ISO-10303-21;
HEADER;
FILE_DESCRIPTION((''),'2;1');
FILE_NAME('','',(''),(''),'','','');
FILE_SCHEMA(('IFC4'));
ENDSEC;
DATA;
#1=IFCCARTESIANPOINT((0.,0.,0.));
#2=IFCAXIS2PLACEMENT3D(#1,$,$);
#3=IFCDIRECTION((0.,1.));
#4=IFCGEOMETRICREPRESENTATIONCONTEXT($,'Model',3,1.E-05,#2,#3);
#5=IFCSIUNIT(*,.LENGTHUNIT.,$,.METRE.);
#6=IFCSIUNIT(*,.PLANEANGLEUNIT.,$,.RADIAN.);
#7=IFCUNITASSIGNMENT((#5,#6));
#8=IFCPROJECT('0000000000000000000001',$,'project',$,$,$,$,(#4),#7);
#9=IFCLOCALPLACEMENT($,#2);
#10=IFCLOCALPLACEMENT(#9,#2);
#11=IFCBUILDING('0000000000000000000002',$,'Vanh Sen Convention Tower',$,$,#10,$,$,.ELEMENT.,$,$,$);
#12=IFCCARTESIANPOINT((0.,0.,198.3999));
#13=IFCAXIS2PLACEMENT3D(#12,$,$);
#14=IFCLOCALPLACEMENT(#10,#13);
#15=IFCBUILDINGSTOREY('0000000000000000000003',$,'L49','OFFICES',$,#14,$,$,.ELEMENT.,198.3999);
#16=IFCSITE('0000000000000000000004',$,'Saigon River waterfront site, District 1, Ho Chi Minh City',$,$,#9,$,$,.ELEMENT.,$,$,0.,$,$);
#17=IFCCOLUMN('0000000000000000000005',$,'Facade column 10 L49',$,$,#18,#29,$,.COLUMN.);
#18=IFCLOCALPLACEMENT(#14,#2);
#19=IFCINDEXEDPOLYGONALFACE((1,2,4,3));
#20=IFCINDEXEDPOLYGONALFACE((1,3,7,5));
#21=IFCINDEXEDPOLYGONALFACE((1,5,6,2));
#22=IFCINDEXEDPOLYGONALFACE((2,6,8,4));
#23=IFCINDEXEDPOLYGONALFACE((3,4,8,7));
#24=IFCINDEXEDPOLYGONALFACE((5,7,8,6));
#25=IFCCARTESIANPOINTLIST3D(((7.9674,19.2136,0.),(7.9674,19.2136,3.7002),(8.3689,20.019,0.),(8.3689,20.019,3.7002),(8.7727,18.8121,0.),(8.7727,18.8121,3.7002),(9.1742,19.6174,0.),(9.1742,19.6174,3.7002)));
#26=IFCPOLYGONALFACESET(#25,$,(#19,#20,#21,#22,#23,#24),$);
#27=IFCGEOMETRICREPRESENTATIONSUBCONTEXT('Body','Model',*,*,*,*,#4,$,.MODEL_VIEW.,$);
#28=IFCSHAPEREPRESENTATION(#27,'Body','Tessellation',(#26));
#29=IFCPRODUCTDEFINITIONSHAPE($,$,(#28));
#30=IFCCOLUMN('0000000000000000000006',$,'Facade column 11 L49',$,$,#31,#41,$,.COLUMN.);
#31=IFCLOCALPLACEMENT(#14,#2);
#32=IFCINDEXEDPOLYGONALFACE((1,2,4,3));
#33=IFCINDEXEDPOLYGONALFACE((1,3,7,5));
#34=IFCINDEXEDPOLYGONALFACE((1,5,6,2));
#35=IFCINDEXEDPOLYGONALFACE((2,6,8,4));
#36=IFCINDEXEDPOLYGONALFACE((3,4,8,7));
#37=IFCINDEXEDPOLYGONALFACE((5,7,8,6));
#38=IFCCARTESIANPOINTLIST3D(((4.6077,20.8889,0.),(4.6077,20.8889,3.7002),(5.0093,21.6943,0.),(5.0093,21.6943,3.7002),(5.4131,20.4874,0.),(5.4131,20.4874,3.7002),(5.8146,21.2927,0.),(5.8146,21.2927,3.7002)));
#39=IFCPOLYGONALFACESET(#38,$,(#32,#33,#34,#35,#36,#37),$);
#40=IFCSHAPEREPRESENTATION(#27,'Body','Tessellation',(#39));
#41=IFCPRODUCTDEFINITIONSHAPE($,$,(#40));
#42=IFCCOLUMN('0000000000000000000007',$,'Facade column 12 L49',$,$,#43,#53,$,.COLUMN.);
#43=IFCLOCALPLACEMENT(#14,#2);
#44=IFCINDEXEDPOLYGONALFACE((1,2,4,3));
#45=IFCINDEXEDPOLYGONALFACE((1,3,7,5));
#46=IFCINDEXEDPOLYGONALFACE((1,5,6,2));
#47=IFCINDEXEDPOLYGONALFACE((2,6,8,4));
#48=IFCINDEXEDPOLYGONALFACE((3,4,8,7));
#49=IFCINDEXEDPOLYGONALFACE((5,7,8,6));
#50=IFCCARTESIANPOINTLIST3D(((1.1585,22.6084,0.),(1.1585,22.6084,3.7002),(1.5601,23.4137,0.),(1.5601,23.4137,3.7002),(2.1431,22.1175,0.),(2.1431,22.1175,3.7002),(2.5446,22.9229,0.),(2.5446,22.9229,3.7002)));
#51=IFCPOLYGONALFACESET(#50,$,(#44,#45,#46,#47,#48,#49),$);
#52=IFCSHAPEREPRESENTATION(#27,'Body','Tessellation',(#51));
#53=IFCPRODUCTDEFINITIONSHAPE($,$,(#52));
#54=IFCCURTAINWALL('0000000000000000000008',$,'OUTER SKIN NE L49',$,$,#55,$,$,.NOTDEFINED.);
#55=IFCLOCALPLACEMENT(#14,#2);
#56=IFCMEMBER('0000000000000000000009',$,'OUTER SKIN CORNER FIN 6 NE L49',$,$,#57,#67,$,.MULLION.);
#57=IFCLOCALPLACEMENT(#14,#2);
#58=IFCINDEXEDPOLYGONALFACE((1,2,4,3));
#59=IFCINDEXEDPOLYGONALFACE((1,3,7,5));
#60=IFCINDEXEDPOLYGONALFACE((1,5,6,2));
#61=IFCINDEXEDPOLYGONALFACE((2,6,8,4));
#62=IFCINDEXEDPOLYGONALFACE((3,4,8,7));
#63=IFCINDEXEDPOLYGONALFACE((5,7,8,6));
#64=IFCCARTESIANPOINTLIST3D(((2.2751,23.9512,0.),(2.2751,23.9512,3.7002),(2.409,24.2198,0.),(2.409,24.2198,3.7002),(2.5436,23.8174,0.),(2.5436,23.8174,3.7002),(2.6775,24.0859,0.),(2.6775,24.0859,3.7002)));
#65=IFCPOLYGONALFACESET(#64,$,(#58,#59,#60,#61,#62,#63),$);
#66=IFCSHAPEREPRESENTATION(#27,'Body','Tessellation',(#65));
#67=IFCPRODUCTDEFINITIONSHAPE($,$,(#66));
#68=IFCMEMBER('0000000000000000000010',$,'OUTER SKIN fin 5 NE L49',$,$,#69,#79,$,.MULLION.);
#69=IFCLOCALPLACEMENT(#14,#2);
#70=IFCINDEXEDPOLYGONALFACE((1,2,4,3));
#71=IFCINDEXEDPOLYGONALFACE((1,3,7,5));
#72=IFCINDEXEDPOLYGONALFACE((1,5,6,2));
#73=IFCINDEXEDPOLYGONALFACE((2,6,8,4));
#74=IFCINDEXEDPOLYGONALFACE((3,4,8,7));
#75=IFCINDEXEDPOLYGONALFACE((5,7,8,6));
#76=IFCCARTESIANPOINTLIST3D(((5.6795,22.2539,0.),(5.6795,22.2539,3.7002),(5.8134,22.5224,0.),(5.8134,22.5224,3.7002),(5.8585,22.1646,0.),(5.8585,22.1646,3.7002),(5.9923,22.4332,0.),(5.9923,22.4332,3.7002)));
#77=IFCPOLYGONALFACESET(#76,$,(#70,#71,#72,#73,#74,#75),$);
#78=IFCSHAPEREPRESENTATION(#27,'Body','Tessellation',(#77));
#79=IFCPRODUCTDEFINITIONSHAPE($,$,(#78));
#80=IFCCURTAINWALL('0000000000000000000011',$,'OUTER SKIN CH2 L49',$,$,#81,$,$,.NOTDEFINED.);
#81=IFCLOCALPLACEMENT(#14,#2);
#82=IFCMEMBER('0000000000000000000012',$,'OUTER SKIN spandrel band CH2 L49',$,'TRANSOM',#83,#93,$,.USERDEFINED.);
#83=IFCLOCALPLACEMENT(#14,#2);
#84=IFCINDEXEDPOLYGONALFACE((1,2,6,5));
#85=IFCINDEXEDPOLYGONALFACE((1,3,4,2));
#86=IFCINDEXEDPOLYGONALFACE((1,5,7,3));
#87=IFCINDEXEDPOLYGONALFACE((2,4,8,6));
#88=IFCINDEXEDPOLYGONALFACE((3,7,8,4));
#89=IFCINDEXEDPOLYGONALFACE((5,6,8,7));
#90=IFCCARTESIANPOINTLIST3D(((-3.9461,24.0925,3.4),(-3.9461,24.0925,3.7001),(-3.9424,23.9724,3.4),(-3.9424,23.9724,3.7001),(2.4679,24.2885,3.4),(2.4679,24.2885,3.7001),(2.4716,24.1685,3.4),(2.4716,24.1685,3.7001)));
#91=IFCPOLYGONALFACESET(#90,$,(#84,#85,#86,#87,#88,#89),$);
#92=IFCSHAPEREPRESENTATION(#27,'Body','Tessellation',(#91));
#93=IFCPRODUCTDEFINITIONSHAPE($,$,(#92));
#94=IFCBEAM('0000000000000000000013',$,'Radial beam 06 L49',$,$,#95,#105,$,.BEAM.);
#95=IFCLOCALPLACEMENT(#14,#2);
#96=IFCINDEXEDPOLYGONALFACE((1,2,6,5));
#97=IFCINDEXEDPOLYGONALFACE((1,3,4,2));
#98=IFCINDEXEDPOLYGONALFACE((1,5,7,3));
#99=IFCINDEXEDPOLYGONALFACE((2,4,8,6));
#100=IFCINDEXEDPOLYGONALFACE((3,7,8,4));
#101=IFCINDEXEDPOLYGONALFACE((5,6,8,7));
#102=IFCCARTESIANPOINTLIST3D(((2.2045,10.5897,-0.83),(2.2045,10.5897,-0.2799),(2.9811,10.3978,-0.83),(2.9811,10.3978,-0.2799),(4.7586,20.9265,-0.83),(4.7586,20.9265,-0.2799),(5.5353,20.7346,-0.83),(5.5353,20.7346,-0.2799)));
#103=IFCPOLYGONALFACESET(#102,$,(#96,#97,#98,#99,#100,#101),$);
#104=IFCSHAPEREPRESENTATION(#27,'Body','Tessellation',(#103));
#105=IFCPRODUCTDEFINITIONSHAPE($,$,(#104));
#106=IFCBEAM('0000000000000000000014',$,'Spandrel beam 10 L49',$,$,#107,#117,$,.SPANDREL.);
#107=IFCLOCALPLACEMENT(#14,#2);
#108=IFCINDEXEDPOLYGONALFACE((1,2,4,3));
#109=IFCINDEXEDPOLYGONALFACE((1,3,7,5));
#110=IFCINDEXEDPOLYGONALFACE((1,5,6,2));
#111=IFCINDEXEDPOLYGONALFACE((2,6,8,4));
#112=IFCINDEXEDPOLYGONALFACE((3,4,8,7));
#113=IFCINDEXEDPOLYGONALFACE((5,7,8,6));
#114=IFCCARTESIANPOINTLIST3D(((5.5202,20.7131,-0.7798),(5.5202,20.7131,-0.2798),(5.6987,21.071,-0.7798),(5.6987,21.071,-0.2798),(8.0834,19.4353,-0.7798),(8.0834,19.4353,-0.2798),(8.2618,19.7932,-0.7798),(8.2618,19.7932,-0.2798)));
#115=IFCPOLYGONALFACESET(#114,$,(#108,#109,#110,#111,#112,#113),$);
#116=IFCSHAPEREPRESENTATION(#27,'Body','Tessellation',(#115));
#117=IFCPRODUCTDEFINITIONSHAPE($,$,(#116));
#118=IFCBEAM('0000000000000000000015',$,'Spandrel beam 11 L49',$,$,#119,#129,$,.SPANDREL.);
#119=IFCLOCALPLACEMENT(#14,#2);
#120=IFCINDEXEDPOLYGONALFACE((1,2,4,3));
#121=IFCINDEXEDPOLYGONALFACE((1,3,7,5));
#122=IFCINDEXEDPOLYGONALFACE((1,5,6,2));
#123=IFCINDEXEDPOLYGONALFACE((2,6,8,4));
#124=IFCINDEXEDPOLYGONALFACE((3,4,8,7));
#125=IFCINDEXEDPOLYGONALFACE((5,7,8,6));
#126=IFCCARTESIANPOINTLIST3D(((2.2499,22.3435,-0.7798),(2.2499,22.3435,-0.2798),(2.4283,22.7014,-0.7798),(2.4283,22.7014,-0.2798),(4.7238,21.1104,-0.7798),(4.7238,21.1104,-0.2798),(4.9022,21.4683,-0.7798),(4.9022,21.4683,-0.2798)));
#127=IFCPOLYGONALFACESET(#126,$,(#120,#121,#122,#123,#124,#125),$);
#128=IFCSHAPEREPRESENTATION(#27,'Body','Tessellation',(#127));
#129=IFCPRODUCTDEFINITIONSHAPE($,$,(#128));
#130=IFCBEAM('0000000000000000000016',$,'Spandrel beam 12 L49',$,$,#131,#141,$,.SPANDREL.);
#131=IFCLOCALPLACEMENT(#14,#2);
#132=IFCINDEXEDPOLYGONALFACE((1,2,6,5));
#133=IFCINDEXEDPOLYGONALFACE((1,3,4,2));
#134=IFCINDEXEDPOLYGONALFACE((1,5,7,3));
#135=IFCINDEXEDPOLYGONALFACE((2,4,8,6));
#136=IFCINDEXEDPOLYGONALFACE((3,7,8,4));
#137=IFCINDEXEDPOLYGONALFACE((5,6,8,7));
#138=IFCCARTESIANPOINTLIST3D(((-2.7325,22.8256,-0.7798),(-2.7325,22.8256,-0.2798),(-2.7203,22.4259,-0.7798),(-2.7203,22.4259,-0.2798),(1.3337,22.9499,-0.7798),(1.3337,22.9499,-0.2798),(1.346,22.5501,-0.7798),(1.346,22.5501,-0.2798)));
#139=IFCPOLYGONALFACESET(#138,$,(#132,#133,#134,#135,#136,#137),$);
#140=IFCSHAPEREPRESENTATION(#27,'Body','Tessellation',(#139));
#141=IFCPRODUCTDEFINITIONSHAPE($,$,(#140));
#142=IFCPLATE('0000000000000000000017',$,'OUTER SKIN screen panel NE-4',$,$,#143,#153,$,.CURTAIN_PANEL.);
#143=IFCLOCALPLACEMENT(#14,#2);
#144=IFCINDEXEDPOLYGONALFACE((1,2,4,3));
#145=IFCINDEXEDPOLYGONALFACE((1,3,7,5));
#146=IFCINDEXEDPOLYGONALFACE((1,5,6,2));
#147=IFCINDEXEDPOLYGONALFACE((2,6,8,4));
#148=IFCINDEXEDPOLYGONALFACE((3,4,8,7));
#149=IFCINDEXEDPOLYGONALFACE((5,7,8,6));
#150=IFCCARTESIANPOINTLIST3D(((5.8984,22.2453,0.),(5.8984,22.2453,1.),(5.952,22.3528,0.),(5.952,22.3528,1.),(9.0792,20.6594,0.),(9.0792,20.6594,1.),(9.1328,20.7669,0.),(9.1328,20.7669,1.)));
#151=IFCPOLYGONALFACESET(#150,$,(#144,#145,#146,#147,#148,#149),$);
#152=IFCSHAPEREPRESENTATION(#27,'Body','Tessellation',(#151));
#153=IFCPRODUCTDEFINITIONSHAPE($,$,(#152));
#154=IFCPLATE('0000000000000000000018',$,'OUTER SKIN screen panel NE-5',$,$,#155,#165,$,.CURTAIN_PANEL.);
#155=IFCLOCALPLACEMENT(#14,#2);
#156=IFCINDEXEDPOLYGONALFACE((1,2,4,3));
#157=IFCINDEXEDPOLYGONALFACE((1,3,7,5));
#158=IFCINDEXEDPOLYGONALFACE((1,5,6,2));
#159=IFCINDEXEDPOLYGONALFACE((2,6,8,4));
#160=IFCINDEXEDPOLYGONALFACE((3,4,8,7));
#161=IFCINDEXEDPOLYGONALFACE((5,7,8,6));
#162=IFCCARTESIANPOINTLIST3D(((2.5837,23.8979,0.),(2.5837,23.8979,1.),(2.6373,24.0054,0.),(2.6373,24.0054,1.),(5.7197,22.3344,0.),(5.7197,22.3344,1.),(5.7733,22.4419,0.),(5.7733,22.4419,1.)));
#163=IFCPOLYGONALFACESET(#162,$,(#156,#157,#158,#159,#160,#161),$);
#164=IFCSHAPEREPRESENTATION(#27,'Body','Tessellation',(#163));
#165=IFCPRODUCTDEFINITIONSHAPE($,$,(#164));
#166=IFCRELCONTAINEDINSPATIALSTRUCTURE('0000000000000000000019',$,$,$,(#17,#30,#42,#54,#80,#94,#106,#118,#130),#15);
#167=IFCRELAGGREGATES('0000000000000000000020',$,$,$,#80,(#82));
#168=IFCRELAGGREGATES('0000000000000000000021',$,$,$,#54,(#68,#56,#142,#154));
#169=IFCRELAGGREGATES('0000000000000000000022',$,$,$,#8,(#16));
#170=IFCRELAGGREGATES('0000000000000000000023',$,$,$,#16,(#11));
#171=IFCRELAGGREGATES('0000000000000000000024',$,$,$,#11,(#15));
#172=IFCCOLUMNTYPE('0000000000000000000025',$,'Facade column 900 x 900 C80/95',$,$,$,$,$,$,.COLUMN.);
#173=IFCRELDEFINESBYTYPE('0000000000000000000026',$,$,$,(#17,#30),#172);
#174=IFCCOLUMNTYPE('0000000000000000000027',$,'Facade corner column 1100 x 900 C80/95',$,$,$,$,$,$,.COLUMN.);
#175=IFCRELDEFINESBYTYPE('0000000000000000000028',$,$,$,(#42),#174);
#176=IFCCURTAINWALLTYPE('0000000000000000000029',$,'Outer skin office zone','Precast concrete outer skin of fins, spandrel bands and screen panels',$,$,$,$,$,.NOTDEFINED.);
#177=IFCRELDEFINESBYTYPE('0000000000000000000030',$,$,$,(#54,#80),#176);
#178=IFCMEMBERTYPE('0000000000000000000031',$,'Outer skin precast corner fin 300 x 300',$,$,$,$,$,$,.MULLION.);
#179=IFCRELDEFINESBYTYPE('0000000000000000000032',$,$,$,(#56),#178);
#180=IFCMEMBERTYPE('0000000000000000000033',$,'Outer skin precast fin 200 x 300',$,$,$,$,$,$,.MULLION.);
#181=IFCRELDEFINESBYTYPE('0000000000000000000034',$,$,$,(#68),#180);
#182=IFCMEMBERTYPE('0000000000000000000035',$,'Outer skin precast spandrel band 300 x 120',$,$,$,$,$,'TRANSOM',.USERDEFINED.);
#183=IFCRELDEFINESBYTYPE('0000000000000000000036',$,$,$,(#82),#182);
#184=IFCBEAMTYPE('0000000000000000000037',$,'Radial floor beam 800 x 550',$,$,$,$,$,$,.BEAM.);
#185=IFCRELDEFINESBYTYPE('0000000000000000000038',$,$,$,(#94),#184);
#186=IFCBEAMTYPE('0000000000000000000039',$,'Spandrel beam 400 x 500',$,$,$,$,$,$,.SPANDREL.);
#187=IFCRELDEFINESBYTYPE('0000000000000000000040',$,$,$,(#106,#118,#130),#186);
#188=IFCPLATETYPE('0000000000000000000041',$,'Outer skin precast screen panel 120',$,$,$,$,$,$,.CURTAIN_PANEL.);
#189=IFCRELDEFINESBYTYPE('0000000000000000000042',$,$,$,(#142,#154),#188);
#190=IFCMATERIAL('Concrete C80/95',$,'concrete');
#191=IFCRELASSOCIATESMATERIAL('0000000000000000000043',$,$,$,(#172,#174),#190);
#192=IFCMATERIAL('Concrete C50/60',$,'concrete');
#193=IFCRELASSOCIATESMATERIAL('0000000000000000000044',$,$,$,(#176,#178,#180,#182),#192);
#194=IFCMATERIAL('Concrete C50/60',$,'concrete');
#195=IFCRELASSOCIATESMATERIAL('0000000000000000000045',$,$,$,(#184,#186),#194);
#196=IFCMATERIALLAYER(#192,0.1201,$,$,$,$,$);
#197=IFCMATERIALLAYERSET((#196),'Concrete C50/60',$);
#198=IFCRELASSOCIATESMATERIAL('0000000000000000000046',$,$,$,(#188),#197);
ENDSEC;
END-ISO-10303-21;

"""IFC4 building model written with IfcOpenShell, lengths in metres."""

from ifc_helpers import new_model, si_unit, direction, frame, origin, origin_2d, place, context, subcontext, project, spatial, rectangle, extrude, material, layer, layer_set, material_profile, profile_set, type_object, element, aggregate, save


model = new_model("IFC4")

# Units and contexts
model_context = context("Model", 3, precision=1e-05, world=origin(), true_north=direction((0.0, 1.0)))
body_context = subcontext(model_context, "Body", "Model", "MODEL_VIEW")
ifc_project = project(units=[si_unit("LENGTHUNIT", "METRE"), si_unit("PLANEANGLEUNIT", "RADIAN")], contexts=[model_context])

# Site, building, storey
site_placement = place(None, origin())
site = spatial("IfcSite", under=ifc_project, at=site_placement, Name="Saigon River waterfront site, District 1, Ho Chi Minh City", CompositionType="ELEMENT", RefElevation=0.0)
building_placement = place(site_placement, origin())
building = spatial("IfcBuilding", under=site, at=building_placement, Name="Vanh Sen Convention Tower", CompositionType="ELEMENT")
storey_placement = place(building_placement, frame((0.0, 0.0, 198.3999)))
storey = spatial("IfcBuildingStorey", under=building, at=storey_placement, Name="L49", Description="OFFICES", CompositionType="ELEMENT", Elevation=198.3999)

# Columns
ifc_material_1 = material(Name="Concrete C80/95", Category="concrete")
ifc_material_profile_1 = material_profile(ifc_material_1, rectangle(XDim=0.8999, YDim=0.8999, at=origin_2d()), Name="RC 900X900")
ifc_profile_set_1 = profile_set([ifc_material_profile_1], Name="Concrete C80/95")
column_type_1 = type_object("IfcColumnType", Name="Facade column 900 x 900 C80/95", PredefinedType="COLUMN", material=ifc_profile_set_1)
for number, where, z_axis, x_axis, name in (
    (1, (8.5708, 19.4155, 0.0), (0.0, 0.0, 1.0), (-0.894934, 0.446198, 0.0), "Facade column 10 L49"),
    (2, (5.2112, 21.0908, 0.0), (0.0, 0.0, 1.0), (-0.894934, 0.446198, 0.0), "Facade column 11 L49"),
):
    element("IfcColumn", number, at=place(storey_placement, frame(where, z_axis=z_axis, x_axis=x_axis)), inside=storey, type_object=column_type_1, Name=name, PredefinedType="COLUMN", context=body_context, shape_type="SweptSolid", body=[
        extrude(rectangle(XDim=0.8999, YDim=0.8999, at=origin_2d()), origin(), (0.0, 0.0, 1.0), 3.7002),
    ])
ifc_material_profile_2 = material_profile(ifc_material_1, rectangle(XDim=1.1001, YDim=0.8999, at=origin_2d()), Name="RC 1100X900")
ifc_profile_set_2 = profile_set([ifc_material_profile_2], Name="Concrete C80/95")
column_type_2 = type_object("IfcColumnType", Name="Facade corner column 1100 x 900 C80/95", PredefinedType="COLUMN", material=ifc_profile_set_2)
column_placement = place(storey_placement, frame((1.8516, 22.7656, 0.0), z_axis=(0.0, 0.0, 1.0), x_axis=(-0.894934, 0.446198, 0.0)))
element("IfcColumn", 3, at=column_placement, inside=storey, type_object=column_type_2, Name="Facade column 12 L49", PredefinedType="COLUMN", context=body_context, shape_type="SweptSolid", body=[
    extrude(rectangle(XDim=1.1001, YDim=0.8999, at=origin_2d()), origin(), (0.0, 0.0, 1.0), 3.7002),
])

# Curtain wall, members
ifc_material_2 = material(Name="Concrete C50/60", Category="concrete")
curtain_wall_type = type_object("IfcCurtainWallType", Name="Outer skin office zone", Description="Precast concrete outer skin of fins, spandrel bands and screen panels", PredefinedType="NOTDEFINED", material=ifc_material_2)
curtain_wall_1_placement = place(storey_placement, origin())
curtain_wall_1 = element("IfcCurtainWall", 4, at=curtain_wall_1_placement, inside=storey, type_object=curtain_wall_type, Name="OUTER SKIN NE L49", PredefinedType="NOTDEFINED")
ifc_material_profile_3 = material_profile(ifc_material_2, rectangle(XDim=0.3, YDim=0.3, at=origin_2d()), Name="Outer skin precast corner fin 300 x 300")
ifc_profile_set_3 = profile_set([ifc_material_profile_3], Name="Concrete C50/60")
member_type_1 = type_object("IfcMemberType", Name="Outer skin precast corner fin 300 x 300", PredefinedType="MULLION", material=ifc_profile_set_3)
member_1_placement = place(storey_placement, frame((2.4763, 24.0186, 0.0), z_axis=(0.0, 0.0, 1.0), x_axis=(-0.894934, 0.446198, 0.0)))
member_1 = element("IfcMember", 5, at=member_1_placement, type_object=member_type_1, Name="OUTER SKIN CORNER FIN 6 NE L49", PredefinedType="MULLION", context=body_context, shape_type="SweptSolid", body=[
    extrude(rectangle(XDim=0.3, YDim=0.3, at=origin_2d()), origin(), (0.0, 0.0, 1.0), 3.7002),
])
ifc_material_profile_4 = material_profile(ifc_material_2, rectangle(XDim=0.2, YDim=0.3, at=origin_2d()), Name="Outer skin precast fin 200 x 300")
ifc_profile_set_4 = profile_set([ifc_material_profile_4], Name="Concrete C50/60")
member_type_2 = type_object("IfcMemberType", Name="Outer skin precast fin 200 x 300", PredefinedType="MULLION", material=ifc_profile_set_4)
member_2_placement = place(storey_placement, frame((5.8359, 22.3435, 0.0), z_axis=(0.0, 0.0, 1.0), x_axis=(-0.894934, 0.446198, 0.0)))
member_2 = element("IfcMember", 6, at=member_2_placement, type_object=member_type_2, Name="OUTER SKIN fin 5 NE L49", PredefinedType="MULLION", context=body_context, shape_type="SweptSolid", body=[
    extrude(rectangle(XDim=0.2, YDim=0.3, at=origin_2d()), origin(), (0.0, 0.0, 1.0), 3.7002),
])

# Curtain wall, member
curtain_wall_2_placement = place(storey_placement, origin())
curtain_wall_2 = element("IfcCurtainWall", 7, at=curtain_wall_2_placement, inside=storey, type_object=curtain_wall_type, Name="OUTER SKIN CH2 L49", PredefinedType="NOTDEFINED")
ifc_material_profile_5 = material_profile(ifc_material_2, rectangle(XDim=0.1201, YDim=0.3, at=origin_2d()), Name="Outer skin precast spandrel band 300 x 120")
ifc_profile_set_5 = profile_set([ifc_material_profile_5], Name="Concrete C50/60")
member_type_3 = type_object("IfcMemberType", Name="Outer skin precast spandrel band 300 x 120", ElementType="TRANSOM", PredefinedType="USERDEFINED", material=ifc_profile_set_5)
member_3_placement = place(storey_placement, frame((2.4697, 24.2285, 3.55), z_axis=(-0.999533, -0.030551, 0.0), x_axis=(0.030551, -0.999533, 0.0)))
member_3 = element("IfcMember", 8, at=member_3_placement, type_object=member_type_3, Name="OUTER SKIN spandrel band CH2 L49", ObjectType="TRANSOM", PredefinedType="USERDEFINED", context=body_context, shape_type="SweptSolid", body=[
    extrude(rectangle(XDim=0.1201, YDim=0.3, at=origin_2d()), origin(), (0.0, 0.0, 1.0), 6.417),
])
aggregate(curtain_wall_2, [member_3])

# Beams
ifc_material_3 = material(Name="Concrete C50/60", Category="concrete")
ifc_material_profile_6 = material_profile(ifc_material_3, rectangle(XDim=0.8, YDim=0.55, at=origin_2d()), Name="RC 800X550")
ifc_profile_set_6 = profile_set([ifc_material_profile_6], Name="Concrete C50/60")
beam_type_1 = type_object("IfcBeamType", Name="Radial floor beam 800 x 550", PredefinedType="BEAM", material=ifc_profile_set_6)
beam_1_placement = place(storey_placement, frame((5.147, 20.8306, -0.5549), z_axis=(-0.23988, -0.970802, 0.0), x_axis=(0.970802, -0.23988, 0.0)))
element("IfcBeam", 9, at=beam_1_placement, inside=storey, type_object=beam_type_1, Name="Radial beam 06 L49", PredefinedType="BEAM", context=body_context, shape_type="SweptSolid", body=[
    extrude(rectangle(XDim=0.8, YDim=0.55, at=origin_2d()), origin(), (0.0, 0.0, 1.0), 10.6477),
])
ifc_material_profile_7 = material_profile(ifc_material_3, rectangle(XDim=0.3999, YDim=0.5, at=origin_2d()), Name="RC 400X500")
ifc_profile_set_7 = profile_set([ifc_material_profile_7], Name="Concrete C50/60")
beam_type_2 = type_object("IfcBeamType", Name="Spandrel beam 400 x 500", PredefinedType="SPANDREL", material=ifc_profile_set_7)
beam_2_placement = place(storey_placement, frame((8.1726, 19.6143, -0.5298), z_axis=(-0.894955, 0.446156, 0.0), x_axis=(-0.446156, -0.894955, 0.0)))
element("IfcBeam", 10, at=beam_2_placement, inside=storey, type_object=beam_type_2, Name="Spandrel beam 10 L49", PredefinedType="SPANDREL", context=body_context, shape_type="SweptSolid", body=[
    extrude(rectangle(XDim=0.3999, YDim=0.5, at=origin_2d()), origin(), (0.0, 0.0, 1.0), 2.864),
])
beam_3_placement = place(storey_placement, frame((4.813, 21.2893, -0.5298), z_axis=(-0.894974, 0.446118, 0.0), x_axis=(-0.446118, -0.894974, 0.0)))
element("IfcBeam", 11, at=beam_3_placement, inside=storey, type_object=beam_type_2, Name="Spandrel beam 11 L49", PredefinedType="SPANDREL", context=body_context, shape_type="SweptSolid", body=[
    extrude(rectangle(XDim=0.3999, YDim=0.5, at=origin_2d()), origin(), (0.0, 0.0, 1.0), 2.7642),
])
beam_4_placement = place(storey_placement, frame((1.3398, 22.75, -0.5298), z_axis=(-0.999533, -0.030547, 0.0), x_axis=(0.030547, -0.999533, 0.0)))
element("IfcBeam", 12, at=beam_4_placement, inside=storey, type_object=beam_type_2, Name="Spandrel beam 12 L49", PredefinedType="SPANDREL", context=body_context, shape_type="SweptSolid", body=[
    extrude(rectangle(XDim=0.3999, YDim=0.5, at=origin_2d()), origin(), (0.0, 0.0, 1.0), 4.0681),
])

# Plates
ifc_layer_1 = layer(ifc_material_2, 0.1201)
ifc_layer_set_1 = layer_set([ifc_layer_1], Name="Concrete C50/60")
plate_type = type_object("IfcPlateType", Name="Outer skin precast screen panel 120", PredefinedType="CURTAIN_PANEL", material=ifc_layer_set_1)
plate_1_placement = place(storey_placement, frame((7.5156, 21.5061, 0.0), z_axis=(0.0, 0.0, 1.0), x_axis=(-0.894933, 0.446201, 0.0)))
plate_1 = element("IfcPlate", 13, at=plate_1_placement, type_object=plate_type, Name="OUTER SKIN screen panel NE-4", PredefinedType="CURTAIN_PANEL", context=body_context, shape_type="SweptSolid", body=[
    extrude(rectangle(XDim=3.5542, YDim=0.1201, at=origin_2d()), origin(), (0.0, 0.0, 1.0), 1.0),
])
plate_2_placement = place(storey_placement, frame((4.1785, 23.1699, 0.0), z_axis=(0.0, 0.0, 1.0), x_axis=(-0.894944, 0.446179, 0.0)))
plate_2 = element("IfcPlate", 14, at=plate_2_placement, type_object=plate_type, Name="OUTER SKIN screen panel NE-5", PredefinedType="CURTAIN_PANEL", context=body_context, shape_type="SweptSolid", body=[
    extrude(rectangle(XDim=3.5042, YDim=0.1201, at=origin_2d()), origin(), (0.0, 0.0, 1.0), 1.0),
])
aggregate(curtain_wall_1, [member_2, member_1, plate_1, plate_2])

save(model, "model.ifc")
